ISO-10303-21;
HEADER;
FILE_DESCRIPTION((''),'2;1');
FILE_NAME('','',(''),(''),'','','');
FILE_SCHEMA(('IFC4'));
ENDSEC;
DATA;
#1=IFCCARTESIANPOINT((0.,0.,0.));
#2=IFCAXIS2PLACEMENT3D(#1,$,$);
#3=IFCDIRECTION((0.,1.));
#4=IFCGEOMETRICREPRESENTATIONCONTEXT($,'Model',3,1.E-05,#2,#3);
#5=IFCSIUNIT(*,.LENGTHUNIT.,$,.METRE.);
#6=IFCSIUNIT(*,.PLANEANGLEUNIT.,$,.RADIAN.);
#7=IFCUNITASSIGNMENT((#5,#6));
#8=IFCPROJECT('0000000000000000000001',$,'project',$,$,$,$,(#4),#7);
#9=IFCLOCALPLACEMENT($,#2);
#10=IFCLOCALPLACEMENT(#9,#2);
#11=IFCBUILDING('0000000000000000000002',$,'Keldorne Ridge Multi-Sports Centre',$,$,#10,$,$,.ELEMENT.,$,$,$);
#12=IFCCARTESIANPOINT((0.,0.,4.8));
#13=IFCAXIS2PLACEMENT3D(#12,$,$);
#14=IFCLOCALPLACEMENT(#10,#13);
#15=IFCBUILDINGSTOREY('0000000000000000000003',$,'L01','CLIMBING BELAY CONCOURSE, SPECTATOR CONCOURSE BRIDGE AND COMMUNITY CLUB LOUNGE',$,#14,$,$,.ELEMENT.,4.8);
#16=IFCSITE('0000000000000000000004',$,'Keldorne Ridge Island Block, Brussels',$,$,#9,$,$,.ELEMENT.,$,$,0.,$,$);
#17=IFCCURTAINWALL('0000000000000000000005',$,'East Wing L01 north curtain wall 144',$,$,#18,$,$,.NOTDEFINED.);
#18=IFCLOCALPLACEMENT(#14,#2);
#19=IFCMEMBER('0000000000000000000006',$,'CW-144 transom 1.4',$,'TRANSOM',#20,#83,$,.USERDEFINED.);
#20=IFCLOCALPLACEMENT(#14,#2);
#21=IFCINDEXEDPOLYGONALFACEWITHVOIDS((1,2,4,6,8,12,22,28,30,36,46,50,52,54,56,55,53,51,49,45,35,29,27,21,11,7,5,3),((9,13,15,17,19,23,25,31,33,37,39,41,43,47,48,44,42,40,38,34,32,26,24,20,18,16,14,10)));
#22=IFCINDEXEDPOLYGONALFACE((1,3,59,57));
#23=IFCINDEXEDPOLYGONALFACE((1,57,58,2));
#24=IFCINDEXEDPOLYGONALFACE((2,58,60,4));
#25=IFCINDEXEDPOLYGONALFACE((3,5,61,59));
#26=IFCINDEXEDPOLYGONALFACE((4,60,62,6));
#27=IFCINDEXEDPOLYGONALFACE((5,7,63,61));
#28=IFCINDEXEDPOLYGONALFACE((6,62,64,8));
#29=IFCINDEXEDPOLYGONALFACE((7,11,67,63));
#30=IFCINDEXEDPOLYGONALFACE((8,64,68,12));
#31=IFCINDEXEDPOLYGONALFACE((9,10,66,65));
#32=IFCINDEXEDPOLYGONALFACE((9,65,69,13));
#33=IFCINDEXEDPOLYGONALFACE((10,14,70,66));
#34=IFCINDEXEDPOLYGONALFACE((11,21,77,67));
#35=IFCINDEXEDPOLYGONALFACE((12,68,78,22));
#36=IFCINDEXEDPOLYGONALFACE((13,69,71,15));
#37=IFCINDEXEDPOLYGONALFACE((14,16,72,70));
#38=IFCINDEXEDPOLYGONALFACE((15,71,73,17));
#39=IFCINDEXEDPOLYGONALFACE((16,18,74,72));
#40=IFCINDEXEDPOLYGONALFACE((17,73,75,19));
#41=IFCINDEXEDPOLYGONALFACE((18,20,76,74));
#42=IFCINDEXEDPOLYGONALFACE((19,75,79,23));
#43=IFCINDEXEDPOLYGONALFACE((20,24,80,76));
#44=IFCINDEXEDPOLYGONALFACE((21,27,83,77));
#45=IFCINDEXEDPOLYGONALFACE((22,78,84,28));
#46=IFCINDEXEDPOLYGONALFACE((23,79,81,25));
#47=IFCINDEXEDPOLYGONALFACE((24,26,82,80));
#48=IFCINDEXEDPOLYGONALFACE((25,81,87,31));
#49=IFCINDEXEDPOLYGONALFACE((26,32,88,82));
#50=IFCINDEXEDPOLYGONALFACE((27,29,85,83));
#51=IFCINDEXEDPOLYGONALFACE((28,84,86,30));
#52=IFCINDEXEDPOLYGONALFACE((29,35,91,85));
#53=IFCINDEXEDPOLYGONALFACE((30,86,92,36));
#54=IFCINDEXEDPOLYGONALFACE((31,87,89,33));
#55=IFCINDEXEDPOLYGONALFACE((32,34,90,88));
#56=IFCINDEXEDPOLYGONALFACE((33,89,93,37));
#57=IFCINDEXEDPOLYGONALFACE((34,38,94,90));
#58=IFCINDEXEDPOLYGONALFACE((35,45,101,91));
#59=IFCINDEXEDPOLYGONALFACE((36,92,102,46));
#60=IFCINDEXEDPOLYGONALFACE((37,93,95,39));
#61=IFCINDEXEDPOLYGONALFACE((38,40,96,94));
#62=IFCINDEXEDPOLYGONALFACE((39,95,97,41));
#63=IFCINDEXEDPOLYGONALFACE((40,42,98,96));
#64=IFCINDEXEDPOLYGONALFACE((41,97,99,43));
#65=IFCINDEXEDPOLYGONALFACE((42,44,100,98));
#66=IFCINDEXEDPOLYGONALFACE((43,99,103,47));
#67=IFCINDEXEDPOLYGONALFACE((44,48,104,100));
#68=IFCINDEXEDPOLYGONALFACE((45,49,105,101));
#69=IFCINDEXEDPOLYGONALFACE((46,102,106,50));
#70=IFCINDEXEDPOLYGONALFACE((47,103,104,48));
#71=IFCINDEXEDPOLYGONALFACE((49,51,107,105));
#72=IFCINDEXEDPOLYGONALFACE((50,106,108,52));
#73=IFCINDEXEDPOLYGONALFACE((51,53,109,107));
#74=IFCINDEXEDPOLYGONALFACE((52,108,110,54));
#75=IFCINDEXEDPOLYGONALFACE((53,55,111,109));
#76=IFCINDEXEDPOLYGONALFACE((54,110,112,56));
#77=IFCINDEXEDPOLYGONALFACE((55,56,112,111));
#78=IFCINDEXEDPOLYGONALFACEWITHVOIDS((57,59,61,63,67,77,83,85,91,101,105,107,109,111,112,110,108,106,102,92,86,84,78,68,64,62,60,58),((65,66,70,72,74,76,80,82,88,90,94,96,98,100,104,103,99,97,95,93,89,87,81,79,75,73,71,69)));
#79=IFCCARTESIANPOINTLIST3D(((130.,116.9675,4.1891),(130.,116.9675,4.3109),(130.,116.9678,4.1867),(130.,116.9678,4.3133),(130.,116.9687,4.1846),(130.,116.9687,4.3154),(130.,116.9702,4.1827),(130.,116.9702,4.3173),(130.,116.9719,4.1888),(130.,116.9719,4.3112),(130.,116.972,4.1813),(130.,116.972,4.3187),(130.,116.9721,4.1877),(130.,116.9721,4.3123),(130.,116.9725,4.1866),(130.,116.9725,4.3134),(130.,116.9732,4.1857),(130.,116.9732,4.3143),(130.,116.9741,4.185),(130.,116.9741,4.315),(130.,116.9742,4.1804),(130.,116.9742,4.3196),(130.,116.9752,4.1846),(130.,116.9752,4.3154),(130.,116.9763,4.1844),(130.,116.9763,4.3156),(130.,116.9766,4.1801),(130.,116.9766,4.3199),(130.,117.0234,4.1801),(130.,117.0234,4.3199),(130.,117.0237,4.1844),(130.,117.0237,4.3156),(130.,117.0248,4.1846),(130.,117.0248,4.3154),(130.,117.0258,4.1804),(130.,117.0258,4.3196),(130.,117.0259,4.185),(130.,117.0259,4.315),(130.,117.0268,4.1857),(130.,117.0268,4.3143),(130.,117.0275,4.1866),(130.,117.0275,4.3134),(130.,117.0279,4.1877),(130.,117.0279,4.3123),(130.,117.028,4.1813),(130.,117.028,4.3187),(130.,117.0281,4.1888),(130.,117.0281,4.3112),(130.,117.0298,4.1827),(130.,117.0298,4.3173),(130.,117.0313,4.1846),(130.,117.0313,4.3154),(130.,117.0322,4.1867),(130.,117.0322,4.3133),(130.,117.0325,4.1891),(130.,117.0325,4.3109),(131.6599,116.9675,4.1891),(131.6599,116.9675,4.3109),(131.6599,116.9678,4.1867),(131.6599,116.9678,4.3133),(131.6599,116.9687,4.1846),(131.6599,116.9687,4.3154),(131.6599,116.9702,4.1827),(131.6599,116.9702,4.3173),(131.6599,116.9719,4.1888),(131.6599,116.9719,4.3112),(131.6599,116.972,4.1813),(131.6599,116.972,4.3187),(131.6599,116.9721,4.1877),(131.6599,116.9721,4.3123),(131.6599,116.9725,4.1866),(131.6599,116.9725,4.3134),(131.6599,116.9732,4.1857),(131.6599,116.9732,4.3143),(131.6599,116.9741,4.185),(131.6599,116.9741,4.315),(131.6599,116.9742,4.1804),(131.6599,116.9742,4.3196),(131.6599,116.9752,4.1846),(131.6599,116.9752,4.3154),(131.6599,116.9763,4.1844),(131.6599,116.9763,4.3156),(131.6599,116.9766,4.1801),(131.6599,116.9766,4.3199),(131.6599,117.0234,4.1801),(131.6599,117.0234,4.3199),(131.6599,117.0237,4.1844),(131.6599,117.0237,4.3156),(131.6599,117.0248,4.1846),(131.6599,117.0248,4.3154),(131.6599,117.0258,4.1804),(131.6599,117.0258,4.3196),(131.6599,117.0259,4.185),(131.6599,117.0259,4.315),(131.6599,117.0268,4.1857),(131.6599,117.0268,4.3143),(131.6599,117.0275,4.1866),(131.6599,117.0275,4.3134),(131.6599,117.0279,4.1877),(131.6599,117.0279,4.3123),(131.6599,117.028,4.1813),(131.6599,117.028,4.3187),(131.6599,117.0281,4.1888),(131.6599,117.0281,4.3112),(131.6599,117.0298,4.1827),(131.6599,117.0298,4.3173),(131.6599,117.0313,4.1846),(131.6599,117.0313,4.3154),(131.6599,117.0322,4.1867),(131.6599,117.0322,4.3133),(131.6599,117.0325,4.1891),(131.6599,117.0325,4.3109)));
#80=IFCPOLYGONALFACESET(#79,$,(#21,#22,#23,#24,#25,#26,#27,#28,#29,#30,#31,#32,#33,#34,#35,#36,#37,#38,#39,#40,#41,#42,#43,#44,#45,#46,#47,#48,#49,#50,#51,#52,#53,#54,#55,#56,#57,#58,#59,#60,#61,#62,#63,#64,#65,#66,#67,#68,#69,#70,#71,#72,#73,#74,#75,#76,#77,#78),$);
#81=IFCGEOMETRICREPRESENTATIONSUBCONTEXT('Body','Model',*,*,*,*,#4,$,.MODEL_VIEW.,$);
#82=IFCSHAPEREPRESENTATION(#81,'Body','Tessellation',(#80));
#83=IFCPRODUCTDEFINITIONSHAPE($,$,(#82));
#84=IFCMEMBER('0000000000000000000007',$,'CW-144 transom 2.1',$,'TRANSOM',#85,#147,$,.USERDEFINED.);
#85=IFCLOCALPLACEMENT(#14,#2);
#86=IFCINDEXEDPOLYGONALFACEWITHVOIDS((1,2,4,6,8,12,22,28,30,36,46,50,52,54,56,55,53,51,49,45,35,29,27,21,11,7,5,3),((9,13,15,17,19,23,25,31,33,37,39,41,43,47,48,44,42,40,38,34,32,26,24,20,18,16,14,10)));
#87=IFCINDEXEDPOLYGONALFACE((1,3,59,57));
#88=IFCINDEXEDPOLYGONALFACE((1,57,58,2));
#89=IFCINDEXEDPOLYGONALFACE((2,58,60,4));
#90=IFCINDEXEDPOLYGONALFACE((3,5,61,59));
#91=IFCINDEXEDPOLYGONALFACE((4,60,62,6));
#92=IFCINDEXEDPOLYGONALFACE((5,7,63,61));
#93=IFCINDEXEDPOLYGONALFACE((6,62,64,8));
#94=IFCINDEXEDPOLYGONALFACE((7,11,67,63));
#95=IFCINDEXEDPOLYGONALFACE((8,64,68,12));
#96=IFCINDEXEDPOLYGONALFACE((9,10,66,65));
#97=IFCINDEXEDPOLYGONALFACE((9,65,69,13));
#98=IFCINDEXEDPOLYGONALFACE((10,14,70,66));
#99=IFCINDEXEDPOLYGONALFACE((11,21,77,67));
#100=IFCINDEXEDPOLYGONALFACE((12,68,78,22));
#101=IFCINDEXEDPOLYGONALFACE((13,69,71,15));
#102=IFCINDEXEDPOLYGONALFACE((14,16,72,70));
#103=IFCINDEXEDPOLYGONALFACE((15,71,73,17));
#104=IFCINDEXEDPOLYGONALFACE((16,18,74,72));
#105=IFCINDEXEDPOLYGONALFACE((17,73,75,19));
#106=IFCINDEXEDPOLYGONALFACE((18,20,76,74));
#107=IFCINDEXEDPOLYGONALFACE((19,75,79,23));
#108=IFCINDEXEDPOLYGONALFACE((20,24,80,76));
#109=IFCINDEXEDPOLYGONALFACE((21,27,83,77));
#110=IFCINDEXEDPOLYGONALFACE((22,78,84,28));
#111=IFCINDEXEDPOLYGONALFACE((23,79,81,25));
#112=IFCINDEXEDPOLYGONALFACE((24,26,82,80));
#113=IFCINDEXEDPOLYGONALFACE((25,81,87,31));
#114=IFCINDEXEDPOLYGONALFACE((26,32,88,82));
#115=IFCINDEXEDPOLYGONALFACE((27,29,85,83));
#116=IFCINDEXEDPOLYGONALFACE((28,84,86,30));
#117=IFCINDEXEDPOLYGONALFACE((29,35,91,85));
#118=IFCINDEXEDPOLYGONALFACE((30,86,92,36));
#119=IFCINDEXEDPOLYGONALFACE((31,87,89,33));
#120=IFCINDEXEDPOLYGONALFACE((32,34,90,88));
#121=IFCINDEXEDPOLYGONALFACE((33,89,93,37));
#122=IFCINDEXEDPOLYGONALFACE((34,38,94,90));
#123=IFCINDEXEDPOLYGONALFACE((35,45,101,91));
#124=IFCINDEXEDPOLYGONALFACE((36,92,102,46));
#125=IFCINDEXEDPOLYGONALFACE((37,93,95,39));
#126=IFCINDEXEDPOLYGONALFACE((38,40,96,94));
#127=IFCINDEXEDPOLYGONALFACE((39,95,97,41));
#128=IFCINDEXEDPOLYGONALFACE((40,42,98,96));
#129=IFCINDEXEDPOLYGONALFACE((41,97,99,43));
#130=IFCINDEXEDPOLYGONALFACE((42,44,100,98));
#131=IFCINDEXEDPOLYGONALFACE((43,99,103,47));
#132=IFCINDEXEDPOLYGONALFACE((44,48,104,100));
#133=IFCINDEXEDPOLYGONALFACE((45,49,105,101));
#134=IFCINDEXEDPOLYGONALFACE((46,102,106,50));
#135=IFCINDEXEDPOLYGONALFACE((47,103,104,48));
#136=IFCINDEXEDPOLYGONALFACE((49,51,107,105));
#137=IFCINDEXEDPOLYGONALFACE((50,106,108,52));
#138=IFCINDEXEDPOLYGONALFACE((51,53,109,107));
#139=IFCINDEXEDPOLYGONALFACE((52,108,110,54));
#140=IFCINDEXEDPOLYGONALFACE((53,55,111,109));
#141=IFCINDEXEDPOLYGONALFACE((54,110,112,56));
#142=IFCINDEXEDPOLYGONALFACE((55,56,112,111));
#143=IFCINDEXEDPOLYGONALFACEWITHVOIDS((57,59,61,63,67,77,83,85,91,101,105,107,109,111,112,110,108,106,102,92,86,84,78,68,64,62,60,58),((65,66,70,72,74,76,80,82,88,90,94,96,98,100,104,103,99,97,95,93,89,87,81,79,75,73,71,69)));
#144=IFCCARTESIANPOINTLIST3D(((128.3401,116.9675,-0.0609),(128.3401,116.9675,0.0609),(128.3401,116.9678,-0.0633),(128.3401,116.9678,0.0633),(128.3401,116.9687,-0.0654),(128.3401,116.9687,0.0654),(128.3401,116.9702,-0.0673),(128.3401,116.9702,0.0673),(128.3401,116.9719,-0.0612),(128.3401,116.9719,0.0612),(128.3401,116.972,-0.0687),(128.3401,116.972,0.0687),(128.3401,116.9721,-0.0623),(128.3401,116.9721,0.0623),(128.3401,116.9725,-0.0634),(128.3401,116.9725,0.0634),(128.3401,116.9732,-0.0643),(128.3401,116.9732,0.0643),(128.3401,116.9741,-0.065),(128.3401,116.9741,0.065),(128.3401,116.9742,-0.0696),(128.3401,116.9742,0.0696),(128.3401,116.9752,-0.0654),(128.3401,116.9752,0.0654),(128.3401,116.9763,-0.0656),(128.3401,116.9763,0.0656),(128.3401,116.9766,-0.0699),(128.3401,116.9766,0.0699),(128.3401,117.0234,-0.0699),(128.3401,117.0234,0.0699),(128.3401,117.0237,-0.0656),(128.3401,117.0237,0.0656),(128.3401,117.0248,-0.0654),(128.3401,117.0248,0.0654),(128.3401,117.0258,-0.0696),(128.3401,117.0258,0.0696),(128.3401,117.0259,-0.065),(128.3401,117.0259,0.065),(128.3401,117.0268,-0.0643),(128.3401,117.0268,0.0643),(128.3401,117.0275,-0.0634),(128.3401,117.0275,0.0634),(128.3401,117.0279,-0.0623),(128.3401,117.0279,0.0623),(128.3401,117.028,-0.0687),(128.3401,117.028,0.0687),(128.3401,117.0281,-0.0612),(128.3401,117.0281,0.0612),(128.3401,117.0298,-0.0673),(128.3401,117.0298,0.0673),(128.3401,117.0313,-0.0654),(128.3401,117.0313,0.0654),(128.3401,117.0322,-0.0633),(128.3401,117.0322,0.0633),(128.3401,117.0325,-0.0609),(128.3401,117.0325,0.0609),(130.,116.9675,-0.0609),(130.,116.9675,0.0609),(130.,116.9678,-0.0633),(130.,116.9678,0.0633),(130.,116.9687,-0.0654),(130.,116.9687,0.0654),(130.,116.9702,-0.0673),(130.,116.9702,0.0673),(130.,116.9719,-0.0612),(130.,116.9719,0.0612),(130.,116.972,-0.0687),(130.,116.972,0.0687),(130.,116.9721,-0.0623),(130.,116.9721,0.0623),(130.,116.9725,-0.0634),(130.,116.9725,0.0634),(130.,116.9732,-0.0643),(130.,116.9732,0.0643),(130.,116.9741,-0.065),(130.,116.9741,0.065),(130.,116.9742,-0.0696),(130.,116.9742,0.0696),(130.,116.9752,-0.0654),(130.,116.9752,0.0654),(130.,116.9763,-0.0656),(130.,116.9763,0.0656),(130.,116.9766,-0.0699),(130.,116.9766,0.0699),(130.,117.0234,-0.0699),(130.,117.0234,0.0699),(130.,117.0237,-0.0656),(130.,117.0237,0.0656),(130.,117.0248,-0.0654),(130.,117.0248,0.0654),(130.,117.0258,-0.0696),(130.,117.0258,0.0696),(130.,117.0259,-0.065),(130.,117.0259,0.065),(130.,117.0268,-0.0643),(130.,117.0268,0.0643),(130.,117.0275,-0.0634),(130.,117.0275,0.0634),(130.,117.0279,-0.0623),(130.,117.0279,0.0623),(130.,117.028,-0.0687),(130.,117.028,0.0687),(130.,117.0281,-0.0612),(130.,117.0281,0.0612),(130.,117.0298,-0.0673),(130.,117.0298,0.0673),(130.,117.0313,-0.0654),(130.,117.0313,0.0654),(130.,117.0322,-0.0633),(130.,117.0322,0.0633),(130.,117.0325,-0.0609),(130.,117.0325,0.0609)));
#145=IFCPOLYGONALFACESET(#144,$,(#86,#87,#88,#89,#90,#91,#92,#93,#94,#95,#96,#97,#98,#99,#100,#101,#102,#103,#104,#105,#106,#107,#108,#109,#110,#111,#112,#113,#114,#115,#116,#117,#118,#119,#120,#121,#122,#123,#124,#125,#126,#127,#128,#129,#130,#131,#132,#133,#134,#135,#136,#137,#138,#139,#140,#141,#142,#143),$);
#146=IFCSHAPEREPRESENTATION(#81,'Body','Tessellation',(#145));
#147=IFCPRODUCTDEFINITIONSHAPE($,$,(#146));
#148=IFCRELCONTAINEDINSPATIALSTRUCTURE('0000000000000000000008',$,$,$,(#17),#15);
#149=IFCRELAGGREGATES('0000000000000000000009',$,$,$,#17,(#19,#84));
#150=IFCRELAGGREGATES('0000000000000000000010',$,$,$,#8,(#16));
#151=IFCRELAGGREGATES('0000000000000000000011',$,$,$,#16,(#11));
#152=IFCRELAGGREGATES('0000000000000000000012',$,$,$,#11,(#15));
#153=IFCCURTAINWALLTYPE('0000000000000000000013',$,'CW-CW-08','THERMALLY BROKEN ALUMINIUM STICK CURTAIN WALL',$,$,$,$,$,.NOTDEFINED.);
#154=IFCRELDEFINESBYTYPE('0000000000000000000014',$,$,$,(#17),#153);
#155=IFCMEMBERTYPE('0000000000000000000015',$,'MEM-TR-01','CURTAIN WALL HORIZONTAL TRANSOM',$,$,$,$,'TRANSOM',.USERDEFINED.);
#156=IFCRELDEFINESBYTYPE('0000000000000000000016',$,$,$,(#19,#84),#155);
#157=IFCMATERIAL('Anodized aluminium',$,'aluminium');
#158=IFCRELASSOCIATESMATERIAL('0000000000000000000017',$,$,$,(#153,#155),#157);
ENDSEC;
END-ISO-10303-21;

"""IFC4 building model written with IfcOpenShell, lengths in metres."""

from ifc_helpers import new_model, si_unit, direction, frame, origin, origin_2d, place, context, subcontext, project, spatial, hollow_rectangle, extrude, material, material_profile, profile_set, type_object, element, aggregate, save


model = new_model("IFC4")

# Units and contexts
model_context = context("Model", 3, precision=1e-05, world=origin(), true_north=direction((0.0, 1.0)))
body_context = subcontext(model_context, "Body", "Model", "MODEL_VIEW")
ifc_project = project(units=[si_unit("LENGTHUNIT", "METRE"), si_unit("PLANEANGLEUNIT", "RADIAN")], contexts=[model_context])

# Site, building, storey
site_placement = place(None, origin())
site = spatial("IfcSite", under=ifc_project, at=site_placement, Name="Keldorne Ridge Island Block, Brussels", CompositionType="ELEMENT", RefElevation=0.0)
building_placement = place(site_placement, origin())
building = spatial("IfcBuilding", under=site, at=building_placement, Name="Keldorne Ridge Multi-Sports Centre", CompositionType="ELEMENT")
storey_placement = place(building_placement, frame((0.0, 0.0, 4.8)))
storey = spatial("IfcBuildingStorey", under=building, at=storey_placement, Name="L01", Description="CLIMBING BELAY CONCOURSE, SPECTATOR CONCOURSE BRIDGE AND COMMUNITY CLUB LOUNGE", CompositionType="ELEMENT", Elevation=4.8)

# Shared definitions
ifc_material_1 = material(Name="Anodized aluminium", Category="aluminium")

# Curtain wall
curtain_wall_type_1 = type_object("IfcCurtainWallType", Name="CW-CW-08", Description="THERMALLY BROKEN ALUMINIUM STICK CURTAIN WALL", PredefinedType="NOTDEFINED", material=ifc_material_1)
curtain_wall_1_placement = place(storey_placement, origin())
curtain_wall_1 = element("IfcCurtainWall", 1, at=curtain_wall_1_placement, inside=storey, type_object=curtain_wall_type_1, Name="East Wing L01 north curtain wall 144", PredefinedType="NOTDEFINED")

# Members
ifc_material_profile_1 = material_profile(ifc_material_1, hollow_rectangle(XDim=0.0649, YDim=0.1399, WallThickness=0.0044, InnerFilletRadius=0.0044, OuterFilletRadius=0.009, at=origin_2d()), Name="ALU TRANSOM 140x65x4.5")
ifc_profile_set_1 = profile_set([ifc_material_profile_1], Name="Anodized aluminium")
member_type_1 = type_object("IfcMemberType", Name="MEM-TR-01", Description="CURTAIN WALL HORIZONTAL TRANSOM", ElementType="TRANSOM", PredefinedType="USERDEFINED", material=ifc_profile_set_1)
member_1_placement = place(storey_placement, frame((131.6599, 117.0, 4.25), z_axis=(-1.0, 0.0, 0.0), x_axis=(0.0, -1.0, 0.0)))
member_1 = element("IfcMember", 2, at=member_1_placement, type_object=member_type_1, Name="CW-144 transom 1.4", ObjectType="TRANSOM", PredefinedType="USERDEFINED", context=body_context, shape_type="SweptSolid", body=[
    extrude(hollow_rectangle(XDim=0.0649, YDim=0.1399, WallThickness=0.0044, InnerFilletRadius=0.0044, OuterFilletRadius=0.009, at=origin_2d()), origin(), (0.0, 0.0, 1.0), 1.6599),
])
member_2_placement = place(storey_placement, frame((130.0, 117.0, 0.0), z_axis=(-1.0, 0.0, 0.0), x_axis=(0.0, -1.0, 0.0)))
member_2 = element("IfcMember", 3, at=member_2_placement, type_object=member_type_1, Name="CW-144 transom 2.1", ObjectType="TRANSOM", PredefinedType="USERDEFINED", context=body_context, shape_type="SweptSolid", body=[
    extrude(hollow_rectangle(XDim=0.0649, YDim=0.1399, WallThickness=0.0044, InnerFilletRadius=0.0044, OuterFilletRadius=0.009, at=origin_2d()), origin(), (0.0, 0.0, 1.0), 1.6599),
])

aggregate(curtain_wall_1, [member_1, member_2])

save(model, "model.ifc")
